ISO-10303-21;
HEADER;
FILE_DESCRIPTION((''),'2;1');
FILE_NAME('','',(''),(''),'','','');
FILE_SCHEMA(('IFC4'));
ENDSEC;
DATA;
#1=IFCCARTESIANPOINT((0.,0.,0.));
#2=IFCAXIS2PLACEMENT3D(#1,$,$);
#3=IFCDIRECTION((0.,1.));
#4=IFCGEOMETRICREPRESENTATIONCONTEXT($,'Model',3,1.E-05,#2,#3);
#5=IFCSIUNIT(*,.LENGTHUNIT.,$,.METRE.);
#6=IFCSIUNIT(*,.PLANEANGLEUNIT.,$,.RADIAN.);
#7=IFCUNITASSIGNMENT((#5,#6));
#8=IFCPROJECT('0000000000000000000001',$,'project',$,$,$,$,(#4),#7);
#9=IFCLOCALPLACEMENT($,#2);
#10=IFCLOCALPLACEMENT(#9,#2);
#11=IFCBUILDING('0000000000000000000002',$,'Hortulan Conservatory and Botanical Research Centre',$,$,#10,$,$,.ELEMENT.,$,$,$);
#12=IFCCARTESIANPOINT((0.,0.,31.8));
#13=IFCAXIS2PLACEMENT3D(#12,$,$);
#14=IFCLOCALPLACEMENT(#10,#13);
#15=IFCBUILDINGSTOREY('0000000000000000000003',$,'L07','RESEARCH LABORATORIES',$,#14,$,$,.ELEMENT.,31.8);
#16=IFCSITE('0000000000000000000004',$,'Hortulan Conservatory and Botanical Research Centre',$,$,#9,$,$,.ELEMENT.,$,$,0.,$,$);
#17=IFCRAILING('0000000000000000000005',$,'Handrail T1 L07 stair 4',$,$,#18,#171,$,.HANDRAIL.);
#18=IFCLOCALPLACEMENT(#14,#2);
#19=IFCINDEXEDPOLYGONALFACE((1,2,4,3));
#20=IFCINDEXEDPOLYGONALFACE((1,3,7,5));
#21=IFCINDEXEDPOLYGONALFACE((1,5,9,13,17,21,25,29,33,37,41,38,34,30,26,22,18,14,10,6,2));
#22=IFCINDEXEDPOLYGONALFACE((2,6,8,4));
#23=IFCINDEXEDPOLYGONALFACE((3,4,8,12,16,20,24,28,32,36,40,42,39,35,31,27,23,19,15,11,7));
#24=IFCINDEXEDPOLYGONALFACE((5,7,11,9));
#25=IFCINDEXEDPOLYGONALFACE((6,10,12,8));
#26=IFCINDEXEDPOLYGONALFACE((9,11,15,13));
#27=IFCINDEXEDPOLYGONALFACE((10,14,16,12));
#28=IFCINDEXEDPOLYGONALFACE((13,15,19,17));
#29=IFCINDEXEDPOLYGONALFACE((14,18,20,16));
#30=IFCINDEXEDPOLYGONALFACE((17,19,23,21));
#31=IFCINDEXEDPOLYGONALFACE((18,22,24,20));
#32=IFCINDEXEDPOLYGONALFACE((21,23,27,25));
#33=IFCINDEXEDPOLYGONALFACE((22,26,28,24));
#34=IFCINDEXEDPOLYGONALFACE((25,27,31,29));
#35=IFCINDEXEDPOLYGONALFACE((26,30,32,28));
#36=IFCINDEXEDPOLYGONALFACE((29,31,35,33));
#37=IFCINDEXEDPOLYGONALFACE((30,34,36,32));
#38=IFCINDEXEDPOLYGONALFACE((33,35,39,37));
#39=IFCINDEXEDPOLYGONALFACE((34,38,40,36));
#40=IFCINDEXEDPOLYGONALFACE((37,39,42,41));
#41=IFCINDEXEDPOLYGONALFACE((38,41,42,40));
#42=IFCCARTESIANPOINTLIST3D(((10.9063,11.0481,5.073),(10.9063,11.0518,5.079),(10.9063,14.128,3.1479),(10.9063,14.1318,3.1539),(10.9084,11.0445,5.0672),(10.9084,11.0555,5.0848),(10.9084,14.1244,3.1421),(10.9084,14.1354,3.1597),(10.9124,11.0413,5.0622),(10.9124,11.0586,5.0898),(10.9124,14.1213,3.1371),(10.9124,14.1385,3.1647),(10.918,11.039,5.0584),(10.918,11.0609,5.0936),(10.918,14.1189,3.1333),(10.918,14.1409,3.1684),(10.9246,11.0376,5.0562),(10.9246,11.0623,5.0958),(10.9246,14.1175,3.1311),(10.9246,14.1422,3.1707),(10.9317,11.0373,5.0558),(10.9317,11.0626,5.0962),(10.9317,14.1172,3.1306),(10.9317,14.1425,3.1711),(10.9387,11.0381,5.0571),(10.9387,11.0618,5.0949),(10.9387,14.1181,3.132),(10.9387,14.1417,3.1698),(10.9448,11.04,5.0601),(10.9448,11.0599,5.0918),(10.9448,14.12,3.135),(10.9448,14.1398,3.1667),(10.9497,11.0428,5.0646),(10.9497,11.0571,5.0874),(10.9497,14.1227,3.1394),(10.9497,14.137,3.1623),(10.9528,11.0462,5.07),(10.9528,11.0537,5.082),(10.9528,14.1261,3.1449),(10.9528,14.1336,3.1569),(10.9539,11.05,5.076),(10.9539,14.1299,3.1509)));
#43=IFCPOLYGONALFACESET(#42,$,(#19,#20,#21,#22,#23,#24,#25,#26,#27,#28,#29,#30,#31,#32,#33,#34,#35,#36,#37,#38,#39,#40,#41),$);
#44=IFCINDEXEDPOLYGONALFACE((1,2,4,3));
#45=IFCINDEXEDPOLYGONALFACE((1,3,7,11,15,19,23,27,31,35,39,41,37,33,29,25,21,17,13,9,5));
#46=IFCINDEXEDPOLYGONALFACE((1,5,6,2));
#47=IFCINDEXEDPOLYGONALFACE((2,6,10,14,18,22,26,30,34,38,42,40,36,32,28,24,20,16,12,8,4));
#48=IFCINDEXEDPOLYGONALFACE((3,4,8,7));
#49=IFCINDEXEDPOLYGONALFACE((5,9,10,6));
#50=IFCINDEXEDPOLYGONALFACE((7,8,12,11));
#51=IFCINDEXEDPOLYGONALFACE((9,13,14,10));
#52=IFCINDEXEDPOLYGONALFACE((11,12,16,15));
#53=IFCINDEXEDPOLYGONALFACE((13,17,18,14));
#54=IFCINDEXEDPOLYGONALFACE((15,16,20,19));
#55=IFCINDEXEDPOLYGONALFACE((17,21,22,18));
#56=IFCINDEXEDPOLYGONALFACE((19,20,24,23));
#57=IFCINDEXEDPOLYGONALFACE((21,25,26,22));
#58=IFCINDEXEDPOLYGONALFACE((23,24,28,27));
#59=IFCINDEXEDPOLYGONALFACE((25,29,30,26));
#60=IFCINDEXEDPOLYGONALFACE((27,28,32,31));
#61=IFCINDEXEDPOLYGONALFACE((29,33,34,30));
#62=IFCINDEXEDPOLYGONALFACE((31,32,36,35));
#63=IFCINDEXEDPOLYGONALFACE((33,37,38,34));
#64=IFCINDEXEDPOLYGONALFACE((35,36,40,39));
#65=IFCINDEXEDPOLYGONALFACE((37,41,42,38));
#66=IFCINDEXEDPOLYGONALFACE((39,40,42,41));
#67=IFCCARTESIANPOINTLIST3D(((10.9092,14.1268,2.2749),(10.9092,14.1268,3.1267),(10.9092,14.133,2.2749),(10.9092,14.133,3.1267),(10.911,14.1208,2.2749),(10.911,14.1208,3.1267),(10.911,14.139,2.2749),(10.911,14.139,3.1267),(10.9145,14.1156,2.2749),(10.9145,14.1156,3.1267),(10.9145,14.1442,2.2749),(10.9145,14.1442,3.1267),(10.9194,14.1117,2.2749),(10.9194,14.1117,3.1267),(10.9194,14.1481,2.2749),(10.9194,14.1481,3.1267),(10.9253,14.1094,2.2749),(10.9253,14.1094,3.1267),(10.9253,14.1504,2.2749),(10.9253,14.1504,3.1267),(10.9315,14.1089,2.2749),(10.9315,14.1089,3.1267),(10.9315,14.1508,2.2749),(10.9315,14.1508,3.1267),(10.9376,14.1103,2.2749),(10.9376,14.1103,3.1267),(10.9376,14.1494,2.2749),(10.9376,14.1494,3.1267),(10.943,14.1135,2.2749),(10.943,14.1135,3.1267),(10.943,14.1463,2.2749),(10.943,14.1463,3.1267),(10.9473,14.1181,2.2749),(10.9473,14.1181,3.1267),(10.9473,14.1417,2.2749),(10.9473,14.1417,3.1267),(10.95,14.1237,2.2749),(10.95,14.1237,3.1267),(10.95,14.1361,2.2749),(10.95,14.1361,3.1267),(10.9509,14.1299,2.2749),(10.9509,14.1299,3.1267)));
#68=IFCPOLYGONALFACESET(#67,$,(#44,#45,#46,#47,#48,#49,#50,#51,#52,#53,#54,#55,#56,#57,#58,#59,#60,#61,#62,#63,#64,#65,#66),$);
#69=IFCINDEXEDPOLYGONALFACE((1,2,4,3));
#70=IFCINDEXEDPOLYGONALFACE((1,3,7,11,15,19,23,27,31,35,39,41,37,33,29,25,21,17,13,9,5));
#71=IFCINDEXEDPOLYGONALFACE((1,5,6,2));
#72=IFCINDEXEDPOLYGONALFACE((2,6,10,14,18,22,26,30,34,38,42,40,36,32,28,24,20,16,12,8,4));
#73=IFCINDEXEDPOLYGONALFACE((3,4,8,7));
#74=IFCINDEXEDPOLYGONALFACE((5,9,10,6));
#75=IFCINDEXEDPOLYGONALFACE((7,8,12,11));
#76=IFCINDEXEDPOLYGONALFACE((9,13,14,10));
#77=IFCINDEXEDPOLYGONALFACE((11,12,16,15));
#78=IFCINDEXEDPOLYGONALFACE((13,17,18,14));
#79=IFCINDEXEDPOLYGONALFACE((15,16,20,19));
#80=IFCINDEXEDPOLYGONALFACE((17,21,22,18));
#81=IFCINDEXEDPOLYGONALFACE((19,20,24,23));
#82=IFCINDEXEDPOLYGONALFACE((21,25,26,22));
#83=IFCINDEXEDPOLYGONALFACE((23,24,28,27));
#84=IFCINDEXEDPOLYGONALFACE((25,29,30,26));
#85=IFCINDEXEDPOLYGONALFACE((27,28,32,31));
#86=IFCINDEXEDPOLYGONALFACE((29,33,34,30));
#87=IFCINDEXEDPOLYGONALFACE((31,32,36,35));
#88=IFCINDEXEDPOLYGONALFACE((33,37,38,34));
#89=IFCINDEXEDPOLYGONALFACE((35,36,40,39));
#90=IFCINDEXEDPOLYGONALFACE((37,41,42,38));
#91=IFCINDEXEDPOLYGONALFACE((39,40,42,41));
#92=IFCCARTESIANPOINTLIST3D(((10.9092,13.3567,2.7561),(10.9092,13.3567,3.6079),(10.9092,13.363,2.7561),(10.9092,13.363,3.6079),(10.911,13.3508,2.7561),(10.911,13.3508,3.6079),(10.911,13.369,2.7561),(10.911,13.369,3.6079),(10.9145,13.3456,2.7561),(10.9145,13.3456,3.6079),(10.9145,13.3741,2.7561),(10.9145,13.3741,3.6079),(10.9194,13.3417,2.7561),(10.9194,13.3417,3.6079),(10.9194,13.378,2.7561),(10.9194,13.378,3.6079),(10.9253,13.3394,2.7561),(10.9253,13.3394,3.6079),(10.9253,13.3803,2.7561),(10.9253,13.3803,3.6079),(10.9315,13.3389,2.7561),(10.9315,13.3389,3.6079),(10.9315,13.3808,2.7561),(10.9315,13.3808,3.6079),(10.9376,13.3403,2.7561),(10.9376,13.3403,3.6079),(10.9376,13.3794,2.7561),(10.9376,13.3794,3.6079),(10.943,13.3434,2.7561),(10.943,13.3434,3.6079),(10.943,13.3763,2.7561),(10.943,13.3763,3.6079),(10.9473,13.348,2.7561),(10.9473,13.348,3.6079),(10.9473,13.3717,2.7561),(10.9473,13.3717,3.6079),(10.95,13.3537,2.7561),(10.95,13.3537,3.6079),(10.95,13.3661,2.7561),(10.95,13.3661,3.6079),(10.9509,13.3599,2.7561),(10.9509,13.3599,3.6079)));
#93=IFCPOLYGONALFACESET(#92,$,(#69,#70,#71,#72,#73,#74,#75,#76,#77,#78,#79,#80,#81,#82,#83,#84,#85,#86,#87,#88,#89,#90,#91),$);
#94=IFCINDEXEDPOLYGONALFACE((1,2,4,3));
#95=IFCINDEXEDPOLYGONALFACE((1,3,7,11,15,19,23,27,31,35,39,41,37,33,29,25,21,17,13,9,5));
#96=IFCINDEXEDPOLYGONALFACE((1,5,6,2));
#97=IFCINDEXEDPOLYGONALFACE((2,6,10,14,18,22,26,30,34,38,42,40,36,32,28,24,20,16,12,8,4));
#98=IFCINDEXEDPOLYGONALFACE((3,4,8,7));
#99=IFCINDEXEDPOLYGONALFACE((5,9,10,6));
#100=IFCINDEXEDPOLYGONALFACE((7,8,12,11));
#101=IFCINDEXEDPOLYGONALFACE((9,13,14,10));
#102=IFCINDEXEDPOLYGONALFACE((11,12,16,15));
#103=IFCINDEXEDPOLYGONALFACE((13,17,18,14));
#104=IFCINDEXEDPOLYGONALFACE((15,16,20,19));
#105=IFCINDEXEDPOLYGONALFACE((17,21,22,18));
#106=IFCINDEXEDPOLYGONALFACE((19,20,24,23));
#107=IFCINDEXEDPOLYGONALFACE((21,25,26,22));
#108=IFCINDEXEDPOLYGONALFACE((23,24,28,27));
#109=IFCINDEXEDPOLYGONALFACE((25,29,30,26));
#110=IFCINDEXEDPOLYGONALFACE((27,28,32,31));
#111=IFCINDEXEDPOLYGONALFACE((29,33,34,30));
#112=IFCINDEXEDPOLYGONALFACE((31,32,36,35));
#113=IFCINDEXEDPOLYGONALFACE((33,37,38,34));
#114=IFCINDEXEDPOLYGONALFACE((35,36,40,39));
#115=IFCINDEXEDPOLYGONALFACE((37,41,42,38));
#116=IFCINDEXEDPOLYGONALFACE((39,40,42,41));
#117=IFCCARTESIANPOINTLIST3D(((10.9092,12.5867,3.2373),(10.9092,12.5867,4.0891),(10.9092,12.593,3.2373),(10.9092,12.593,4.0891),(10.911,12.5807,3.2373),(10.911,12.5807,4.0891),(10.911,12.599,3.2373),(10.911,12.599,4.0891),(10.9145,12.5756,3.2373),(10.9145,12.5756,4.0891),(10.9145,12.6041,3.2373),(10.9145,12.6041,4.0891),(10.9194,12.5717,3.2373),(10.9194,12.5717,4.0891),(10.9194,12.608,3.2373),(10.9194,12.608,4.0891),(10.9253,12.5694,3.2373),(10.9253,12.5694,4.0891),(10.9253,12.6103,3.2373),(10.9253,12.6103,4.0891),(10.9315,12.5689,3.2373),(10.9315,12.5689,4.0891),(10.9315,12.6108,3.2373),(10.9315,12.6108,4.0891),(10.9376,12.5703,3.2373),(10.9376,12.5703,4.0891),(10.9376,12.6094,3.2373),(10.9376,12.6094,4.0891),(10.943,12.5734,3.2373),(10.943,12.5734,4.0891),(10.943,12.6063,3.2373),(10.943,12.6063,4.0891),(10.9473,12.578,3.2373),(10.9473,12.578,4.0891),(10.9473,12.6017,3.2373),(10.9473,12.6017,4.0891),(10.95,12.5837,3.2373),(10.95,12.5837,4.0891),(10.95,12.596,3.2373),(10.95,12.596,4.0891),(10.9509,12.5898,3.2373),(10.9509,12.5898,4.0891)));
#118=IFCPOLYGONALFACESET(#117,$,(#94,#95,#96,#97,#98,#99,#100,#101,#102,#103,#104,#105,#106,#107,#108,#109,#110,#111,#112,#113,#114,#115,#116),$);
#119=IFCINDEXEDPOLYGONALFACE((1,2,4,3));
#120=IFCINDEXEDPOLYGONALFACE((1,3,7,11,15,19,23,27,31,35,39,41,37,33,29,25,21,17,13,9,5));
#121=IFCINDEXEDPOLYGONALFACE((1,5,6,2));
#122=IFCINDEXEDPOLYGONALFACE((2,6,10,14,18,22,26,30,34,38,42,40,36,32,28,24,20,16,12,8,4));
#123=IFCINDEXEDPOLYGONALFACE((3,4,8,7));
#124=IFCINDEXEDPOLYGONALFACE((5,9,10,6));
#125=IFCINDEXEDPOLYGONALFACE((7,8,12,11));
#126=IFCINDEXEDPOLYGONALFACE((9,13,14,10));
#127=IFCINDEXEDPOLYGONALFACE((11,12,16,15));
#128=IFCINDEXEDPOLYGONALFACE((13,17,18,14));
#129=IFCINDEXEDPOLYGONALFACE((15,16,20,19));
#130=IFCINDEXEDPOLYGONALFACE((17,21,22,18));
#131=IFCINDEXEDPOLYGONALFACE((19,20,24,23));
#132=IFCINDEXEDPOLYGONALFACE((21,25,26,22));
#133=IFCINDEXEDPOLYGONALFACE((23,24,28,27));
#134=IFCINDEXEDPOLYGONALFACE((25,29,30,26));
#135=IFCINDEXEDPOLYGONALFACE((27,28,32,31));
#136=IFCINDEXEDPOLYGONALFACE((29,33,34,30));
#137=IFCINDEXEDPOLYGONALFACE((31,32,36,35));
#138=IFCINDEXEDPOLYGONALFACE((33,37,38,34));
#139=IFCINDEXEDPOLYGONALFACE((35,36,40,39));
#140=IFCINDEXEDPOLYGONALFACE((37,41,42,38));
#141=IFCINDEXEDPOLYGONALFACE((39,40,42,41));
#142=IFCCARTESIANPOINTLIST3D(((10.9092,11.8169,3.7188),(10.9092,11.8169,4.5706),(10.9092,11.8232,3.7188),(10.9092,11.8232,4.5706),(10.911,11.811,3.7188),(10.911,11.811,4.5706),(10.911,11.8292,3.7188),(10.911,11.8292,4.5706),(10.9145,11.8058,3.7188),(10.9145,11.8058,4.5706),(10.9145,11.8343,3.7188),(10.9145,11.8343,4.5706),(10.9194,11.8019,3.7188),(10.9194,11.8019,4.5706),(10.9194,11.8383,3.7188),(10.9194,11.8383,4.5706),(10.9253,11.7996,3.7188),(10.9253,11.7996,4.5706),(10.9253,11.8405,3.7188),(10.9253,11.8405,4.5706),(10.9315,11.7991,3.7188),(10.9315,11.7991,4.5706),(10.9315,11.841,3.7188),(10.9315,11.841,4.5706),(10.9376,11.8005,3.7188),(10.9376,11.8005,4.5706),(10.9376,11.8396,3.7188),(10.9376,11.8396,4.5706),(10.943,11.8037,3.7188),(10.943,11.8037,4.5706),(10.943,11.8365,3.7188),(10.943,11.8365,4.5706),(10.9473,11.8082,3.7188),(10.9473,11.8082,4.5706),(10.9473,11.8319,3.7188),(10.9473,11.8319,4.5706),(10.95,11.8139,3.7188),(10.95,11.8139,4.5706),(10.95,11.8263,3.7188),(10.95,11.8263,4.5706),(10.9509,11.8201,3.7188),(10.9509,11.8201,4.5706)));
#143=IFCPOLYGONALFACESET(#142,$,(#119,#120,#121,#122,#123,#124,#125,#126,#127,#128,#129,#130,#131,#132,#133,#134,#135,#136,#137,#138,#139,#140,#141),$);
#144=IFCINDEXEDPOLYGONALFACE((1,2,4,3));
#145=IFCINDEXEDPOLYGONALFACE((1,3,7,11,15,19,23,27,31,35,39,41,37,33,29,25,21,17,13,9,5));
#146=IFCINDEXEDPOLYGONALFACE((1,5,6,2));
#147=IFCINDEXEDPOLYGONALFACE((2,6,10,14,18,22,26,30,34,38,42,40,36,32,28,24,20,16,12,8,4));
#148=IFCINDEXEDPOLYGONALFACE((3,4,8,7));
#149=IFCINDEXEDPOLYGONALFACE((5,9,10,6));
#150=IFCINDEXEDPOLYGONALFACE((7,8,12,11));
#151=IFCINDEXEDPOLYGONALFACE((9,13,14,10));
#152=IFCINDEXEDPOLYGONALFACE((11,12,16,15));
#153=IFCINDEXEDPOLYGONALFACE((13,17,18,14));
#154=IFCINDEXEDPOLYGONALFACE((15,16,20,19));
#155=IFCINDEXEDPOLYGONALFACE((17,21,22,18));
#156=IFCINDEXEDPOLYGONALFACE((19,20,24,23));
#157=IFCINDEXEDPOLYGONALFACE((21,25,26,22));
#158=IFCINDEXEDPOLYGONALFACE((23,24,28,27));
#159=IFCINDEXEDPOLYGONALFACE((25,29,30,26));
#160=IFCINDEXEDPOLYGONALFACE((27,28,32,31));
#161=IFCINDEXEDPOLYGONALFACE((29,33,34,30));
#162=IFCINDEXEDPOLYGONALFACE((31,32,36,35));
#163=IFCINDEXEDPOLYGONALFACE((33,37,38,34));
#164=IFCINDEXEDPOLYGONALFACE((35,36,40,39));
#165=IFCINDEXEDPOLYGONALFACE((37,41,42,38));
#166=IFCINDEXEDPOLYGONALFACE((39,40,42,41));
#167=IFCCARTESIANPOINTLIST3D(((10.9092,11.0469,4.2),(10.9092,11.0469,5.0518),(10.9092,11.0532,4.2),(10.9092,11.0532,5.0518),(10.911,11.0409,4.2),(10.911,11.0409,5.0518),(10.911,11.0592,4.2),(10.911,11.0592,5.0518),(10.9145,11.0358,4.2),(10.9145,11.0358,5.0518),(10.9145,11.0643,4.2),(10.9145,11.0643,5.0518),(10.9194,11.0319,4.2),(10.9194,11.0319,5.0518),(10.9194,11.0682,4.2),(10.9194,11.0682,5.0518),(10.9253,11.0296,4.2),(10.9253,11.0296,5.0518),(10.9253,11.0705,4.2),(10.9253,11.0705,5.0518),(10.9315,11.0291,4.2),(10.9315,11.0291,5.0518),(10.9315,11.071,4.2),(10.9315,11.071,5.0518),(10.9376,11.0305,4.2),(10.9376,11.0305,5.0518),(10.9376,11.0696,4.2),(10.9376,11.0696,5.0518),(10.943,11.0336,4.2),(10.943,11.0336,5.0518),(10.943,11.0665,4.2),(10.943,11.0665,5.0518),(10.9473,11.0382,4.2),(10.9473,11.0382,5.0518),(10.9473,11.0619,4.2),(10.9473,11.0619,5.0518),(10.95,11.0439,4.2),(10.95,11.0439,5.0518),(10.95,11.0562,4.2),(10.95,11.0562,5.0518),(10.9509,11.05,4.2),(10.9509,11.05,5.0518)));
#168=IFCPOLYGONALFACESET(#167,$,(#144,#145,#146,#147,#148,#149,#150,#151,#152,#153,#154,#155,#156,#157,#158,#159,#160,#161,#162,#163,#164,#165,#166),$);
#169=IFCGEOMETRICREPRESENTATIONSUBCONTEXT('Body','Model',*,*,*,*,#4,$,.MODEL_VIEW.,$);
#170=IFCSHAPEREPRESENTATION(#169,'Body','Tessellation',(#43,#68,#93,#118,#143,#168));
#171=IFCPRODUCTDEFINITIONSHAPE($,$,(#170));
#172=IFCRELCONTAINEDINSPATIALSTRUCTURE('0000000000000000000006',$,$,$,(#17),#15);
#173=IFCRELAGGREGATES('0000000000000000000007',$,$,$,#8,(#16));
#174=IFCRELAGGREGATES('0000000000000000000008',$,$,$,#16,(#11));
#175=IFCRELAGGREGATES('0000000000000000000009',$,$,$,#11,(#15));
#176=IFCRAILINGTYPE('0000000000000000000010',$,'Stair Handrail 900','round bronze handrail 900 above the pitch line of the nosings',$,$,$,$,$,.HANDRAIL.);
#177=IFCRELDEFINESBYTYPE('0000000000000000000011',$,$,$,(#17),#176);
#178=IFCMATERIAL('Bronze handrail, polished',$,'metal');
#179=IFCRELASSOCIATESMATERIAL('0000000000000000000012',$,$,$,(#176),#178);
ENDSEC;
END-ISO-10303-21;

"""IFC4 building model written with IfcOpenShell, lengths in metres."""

from ifc_helpers import new_model, si_unit, direction, frame, origin, origin_2d, place, context, subcontext, project, spatial, circle, extrude, material, type_object, element, save


model = new_model("IFC4")

# Units and contexts
model_context = context("Model", 3, precision=1e-05, world=origin(), true_north=direction((0.0, 1.0)))
body_context = subcontext(model_context, "Body", "Model", "MODEL_VIEW")
ifc_project = project(units=[si_unit("LENGTHUNIT", "METRE"), si_unit("PLANEANGLEUNIT", "RADIAN")], contexts=[model_context])

# Site, building, storey
site_placement = place(None, origin())
site = spatial("IfcSite", under=ifc_project, at=site_placement, Name="Hortulan Conservatory and Botanical Research Centre", CompositionType="ELEMENT", RefElevation=0.0)
building_placement = place(site_placement, origin())
building = spatial("IfcBuilding", under=site, at=building_placement, Name="Hortulan Conservatory and Botanical Research Centre", CompositionType="ELEMENT")
storey_placement = place(building_placement, frame((0.0, 0.0, 31.8)))
storey = spatial("IfcBuildingStorey", under=building, at=storey_placement, Name="L07", Description="RESEARCH LABORATORIES", CompositionType="ELEMENT", Elevation=31.8)

# Railing
ifc_material_1 = material(Name="Bronze handrail, polished", Category="metal")
railing_type_1 = type_object("IfcRailingType", Name="Stair Handrail 900", Description="round bronze handrail 900 above the pitch line of the nosings", PredefinedType="HANDRAIL", material=ifc_material_1)
railing_1_placement = place(storey_placement, frame((10.9299, 14.1299, 2.2749)))
element("IfcRailing", 1, at=railing_1_placement, inside=storey, type_object=railing_type_1, Name="Handrail T1 L07 stair 4", PredefinedType="HANDRAIL", context=body_context, shape_type="SweptSolid", body=[
    extrude(circle(Radius=0.0239, at=origin_2d()), frame((0.0, 0.0, 0.876), z_axis=(0.0, -0.847979, 0.530029), x_axis=(1.0, 0.0, 0.0)), (0.0, 0.0, 1.0), 3.6321),
    extrude(circle(Radius=0.021, at=origin_2d()), origin(), (0.0, 0.0, 1.0), 0.8518),
    extrude(circle(Radius=0.021, at=origin_2d()), frame((0.0, -0.77, 0.4812)), (0.0, 0.0, 1.0), 0.8518),
    extrude(circle(Radius=0.021, at=origin_2d()), frame((0.0, -1.54, 0.9624)), (0.0, 0.0, 1.0), 0.8518),
    extrude(circle(Radius=0.021, at=origin_2d()), frame((0.0, -2.3098, 1.4438)), (0.0, 0.0, 1.0), 0.8518),
    extrude(circle(Radius=0.021, at=origin_2d()), frame((0.0, -3.0798, 1.925)), (0.0, 0.0, 1.0), 0.8518),
])

save(model, "model.ifc")
